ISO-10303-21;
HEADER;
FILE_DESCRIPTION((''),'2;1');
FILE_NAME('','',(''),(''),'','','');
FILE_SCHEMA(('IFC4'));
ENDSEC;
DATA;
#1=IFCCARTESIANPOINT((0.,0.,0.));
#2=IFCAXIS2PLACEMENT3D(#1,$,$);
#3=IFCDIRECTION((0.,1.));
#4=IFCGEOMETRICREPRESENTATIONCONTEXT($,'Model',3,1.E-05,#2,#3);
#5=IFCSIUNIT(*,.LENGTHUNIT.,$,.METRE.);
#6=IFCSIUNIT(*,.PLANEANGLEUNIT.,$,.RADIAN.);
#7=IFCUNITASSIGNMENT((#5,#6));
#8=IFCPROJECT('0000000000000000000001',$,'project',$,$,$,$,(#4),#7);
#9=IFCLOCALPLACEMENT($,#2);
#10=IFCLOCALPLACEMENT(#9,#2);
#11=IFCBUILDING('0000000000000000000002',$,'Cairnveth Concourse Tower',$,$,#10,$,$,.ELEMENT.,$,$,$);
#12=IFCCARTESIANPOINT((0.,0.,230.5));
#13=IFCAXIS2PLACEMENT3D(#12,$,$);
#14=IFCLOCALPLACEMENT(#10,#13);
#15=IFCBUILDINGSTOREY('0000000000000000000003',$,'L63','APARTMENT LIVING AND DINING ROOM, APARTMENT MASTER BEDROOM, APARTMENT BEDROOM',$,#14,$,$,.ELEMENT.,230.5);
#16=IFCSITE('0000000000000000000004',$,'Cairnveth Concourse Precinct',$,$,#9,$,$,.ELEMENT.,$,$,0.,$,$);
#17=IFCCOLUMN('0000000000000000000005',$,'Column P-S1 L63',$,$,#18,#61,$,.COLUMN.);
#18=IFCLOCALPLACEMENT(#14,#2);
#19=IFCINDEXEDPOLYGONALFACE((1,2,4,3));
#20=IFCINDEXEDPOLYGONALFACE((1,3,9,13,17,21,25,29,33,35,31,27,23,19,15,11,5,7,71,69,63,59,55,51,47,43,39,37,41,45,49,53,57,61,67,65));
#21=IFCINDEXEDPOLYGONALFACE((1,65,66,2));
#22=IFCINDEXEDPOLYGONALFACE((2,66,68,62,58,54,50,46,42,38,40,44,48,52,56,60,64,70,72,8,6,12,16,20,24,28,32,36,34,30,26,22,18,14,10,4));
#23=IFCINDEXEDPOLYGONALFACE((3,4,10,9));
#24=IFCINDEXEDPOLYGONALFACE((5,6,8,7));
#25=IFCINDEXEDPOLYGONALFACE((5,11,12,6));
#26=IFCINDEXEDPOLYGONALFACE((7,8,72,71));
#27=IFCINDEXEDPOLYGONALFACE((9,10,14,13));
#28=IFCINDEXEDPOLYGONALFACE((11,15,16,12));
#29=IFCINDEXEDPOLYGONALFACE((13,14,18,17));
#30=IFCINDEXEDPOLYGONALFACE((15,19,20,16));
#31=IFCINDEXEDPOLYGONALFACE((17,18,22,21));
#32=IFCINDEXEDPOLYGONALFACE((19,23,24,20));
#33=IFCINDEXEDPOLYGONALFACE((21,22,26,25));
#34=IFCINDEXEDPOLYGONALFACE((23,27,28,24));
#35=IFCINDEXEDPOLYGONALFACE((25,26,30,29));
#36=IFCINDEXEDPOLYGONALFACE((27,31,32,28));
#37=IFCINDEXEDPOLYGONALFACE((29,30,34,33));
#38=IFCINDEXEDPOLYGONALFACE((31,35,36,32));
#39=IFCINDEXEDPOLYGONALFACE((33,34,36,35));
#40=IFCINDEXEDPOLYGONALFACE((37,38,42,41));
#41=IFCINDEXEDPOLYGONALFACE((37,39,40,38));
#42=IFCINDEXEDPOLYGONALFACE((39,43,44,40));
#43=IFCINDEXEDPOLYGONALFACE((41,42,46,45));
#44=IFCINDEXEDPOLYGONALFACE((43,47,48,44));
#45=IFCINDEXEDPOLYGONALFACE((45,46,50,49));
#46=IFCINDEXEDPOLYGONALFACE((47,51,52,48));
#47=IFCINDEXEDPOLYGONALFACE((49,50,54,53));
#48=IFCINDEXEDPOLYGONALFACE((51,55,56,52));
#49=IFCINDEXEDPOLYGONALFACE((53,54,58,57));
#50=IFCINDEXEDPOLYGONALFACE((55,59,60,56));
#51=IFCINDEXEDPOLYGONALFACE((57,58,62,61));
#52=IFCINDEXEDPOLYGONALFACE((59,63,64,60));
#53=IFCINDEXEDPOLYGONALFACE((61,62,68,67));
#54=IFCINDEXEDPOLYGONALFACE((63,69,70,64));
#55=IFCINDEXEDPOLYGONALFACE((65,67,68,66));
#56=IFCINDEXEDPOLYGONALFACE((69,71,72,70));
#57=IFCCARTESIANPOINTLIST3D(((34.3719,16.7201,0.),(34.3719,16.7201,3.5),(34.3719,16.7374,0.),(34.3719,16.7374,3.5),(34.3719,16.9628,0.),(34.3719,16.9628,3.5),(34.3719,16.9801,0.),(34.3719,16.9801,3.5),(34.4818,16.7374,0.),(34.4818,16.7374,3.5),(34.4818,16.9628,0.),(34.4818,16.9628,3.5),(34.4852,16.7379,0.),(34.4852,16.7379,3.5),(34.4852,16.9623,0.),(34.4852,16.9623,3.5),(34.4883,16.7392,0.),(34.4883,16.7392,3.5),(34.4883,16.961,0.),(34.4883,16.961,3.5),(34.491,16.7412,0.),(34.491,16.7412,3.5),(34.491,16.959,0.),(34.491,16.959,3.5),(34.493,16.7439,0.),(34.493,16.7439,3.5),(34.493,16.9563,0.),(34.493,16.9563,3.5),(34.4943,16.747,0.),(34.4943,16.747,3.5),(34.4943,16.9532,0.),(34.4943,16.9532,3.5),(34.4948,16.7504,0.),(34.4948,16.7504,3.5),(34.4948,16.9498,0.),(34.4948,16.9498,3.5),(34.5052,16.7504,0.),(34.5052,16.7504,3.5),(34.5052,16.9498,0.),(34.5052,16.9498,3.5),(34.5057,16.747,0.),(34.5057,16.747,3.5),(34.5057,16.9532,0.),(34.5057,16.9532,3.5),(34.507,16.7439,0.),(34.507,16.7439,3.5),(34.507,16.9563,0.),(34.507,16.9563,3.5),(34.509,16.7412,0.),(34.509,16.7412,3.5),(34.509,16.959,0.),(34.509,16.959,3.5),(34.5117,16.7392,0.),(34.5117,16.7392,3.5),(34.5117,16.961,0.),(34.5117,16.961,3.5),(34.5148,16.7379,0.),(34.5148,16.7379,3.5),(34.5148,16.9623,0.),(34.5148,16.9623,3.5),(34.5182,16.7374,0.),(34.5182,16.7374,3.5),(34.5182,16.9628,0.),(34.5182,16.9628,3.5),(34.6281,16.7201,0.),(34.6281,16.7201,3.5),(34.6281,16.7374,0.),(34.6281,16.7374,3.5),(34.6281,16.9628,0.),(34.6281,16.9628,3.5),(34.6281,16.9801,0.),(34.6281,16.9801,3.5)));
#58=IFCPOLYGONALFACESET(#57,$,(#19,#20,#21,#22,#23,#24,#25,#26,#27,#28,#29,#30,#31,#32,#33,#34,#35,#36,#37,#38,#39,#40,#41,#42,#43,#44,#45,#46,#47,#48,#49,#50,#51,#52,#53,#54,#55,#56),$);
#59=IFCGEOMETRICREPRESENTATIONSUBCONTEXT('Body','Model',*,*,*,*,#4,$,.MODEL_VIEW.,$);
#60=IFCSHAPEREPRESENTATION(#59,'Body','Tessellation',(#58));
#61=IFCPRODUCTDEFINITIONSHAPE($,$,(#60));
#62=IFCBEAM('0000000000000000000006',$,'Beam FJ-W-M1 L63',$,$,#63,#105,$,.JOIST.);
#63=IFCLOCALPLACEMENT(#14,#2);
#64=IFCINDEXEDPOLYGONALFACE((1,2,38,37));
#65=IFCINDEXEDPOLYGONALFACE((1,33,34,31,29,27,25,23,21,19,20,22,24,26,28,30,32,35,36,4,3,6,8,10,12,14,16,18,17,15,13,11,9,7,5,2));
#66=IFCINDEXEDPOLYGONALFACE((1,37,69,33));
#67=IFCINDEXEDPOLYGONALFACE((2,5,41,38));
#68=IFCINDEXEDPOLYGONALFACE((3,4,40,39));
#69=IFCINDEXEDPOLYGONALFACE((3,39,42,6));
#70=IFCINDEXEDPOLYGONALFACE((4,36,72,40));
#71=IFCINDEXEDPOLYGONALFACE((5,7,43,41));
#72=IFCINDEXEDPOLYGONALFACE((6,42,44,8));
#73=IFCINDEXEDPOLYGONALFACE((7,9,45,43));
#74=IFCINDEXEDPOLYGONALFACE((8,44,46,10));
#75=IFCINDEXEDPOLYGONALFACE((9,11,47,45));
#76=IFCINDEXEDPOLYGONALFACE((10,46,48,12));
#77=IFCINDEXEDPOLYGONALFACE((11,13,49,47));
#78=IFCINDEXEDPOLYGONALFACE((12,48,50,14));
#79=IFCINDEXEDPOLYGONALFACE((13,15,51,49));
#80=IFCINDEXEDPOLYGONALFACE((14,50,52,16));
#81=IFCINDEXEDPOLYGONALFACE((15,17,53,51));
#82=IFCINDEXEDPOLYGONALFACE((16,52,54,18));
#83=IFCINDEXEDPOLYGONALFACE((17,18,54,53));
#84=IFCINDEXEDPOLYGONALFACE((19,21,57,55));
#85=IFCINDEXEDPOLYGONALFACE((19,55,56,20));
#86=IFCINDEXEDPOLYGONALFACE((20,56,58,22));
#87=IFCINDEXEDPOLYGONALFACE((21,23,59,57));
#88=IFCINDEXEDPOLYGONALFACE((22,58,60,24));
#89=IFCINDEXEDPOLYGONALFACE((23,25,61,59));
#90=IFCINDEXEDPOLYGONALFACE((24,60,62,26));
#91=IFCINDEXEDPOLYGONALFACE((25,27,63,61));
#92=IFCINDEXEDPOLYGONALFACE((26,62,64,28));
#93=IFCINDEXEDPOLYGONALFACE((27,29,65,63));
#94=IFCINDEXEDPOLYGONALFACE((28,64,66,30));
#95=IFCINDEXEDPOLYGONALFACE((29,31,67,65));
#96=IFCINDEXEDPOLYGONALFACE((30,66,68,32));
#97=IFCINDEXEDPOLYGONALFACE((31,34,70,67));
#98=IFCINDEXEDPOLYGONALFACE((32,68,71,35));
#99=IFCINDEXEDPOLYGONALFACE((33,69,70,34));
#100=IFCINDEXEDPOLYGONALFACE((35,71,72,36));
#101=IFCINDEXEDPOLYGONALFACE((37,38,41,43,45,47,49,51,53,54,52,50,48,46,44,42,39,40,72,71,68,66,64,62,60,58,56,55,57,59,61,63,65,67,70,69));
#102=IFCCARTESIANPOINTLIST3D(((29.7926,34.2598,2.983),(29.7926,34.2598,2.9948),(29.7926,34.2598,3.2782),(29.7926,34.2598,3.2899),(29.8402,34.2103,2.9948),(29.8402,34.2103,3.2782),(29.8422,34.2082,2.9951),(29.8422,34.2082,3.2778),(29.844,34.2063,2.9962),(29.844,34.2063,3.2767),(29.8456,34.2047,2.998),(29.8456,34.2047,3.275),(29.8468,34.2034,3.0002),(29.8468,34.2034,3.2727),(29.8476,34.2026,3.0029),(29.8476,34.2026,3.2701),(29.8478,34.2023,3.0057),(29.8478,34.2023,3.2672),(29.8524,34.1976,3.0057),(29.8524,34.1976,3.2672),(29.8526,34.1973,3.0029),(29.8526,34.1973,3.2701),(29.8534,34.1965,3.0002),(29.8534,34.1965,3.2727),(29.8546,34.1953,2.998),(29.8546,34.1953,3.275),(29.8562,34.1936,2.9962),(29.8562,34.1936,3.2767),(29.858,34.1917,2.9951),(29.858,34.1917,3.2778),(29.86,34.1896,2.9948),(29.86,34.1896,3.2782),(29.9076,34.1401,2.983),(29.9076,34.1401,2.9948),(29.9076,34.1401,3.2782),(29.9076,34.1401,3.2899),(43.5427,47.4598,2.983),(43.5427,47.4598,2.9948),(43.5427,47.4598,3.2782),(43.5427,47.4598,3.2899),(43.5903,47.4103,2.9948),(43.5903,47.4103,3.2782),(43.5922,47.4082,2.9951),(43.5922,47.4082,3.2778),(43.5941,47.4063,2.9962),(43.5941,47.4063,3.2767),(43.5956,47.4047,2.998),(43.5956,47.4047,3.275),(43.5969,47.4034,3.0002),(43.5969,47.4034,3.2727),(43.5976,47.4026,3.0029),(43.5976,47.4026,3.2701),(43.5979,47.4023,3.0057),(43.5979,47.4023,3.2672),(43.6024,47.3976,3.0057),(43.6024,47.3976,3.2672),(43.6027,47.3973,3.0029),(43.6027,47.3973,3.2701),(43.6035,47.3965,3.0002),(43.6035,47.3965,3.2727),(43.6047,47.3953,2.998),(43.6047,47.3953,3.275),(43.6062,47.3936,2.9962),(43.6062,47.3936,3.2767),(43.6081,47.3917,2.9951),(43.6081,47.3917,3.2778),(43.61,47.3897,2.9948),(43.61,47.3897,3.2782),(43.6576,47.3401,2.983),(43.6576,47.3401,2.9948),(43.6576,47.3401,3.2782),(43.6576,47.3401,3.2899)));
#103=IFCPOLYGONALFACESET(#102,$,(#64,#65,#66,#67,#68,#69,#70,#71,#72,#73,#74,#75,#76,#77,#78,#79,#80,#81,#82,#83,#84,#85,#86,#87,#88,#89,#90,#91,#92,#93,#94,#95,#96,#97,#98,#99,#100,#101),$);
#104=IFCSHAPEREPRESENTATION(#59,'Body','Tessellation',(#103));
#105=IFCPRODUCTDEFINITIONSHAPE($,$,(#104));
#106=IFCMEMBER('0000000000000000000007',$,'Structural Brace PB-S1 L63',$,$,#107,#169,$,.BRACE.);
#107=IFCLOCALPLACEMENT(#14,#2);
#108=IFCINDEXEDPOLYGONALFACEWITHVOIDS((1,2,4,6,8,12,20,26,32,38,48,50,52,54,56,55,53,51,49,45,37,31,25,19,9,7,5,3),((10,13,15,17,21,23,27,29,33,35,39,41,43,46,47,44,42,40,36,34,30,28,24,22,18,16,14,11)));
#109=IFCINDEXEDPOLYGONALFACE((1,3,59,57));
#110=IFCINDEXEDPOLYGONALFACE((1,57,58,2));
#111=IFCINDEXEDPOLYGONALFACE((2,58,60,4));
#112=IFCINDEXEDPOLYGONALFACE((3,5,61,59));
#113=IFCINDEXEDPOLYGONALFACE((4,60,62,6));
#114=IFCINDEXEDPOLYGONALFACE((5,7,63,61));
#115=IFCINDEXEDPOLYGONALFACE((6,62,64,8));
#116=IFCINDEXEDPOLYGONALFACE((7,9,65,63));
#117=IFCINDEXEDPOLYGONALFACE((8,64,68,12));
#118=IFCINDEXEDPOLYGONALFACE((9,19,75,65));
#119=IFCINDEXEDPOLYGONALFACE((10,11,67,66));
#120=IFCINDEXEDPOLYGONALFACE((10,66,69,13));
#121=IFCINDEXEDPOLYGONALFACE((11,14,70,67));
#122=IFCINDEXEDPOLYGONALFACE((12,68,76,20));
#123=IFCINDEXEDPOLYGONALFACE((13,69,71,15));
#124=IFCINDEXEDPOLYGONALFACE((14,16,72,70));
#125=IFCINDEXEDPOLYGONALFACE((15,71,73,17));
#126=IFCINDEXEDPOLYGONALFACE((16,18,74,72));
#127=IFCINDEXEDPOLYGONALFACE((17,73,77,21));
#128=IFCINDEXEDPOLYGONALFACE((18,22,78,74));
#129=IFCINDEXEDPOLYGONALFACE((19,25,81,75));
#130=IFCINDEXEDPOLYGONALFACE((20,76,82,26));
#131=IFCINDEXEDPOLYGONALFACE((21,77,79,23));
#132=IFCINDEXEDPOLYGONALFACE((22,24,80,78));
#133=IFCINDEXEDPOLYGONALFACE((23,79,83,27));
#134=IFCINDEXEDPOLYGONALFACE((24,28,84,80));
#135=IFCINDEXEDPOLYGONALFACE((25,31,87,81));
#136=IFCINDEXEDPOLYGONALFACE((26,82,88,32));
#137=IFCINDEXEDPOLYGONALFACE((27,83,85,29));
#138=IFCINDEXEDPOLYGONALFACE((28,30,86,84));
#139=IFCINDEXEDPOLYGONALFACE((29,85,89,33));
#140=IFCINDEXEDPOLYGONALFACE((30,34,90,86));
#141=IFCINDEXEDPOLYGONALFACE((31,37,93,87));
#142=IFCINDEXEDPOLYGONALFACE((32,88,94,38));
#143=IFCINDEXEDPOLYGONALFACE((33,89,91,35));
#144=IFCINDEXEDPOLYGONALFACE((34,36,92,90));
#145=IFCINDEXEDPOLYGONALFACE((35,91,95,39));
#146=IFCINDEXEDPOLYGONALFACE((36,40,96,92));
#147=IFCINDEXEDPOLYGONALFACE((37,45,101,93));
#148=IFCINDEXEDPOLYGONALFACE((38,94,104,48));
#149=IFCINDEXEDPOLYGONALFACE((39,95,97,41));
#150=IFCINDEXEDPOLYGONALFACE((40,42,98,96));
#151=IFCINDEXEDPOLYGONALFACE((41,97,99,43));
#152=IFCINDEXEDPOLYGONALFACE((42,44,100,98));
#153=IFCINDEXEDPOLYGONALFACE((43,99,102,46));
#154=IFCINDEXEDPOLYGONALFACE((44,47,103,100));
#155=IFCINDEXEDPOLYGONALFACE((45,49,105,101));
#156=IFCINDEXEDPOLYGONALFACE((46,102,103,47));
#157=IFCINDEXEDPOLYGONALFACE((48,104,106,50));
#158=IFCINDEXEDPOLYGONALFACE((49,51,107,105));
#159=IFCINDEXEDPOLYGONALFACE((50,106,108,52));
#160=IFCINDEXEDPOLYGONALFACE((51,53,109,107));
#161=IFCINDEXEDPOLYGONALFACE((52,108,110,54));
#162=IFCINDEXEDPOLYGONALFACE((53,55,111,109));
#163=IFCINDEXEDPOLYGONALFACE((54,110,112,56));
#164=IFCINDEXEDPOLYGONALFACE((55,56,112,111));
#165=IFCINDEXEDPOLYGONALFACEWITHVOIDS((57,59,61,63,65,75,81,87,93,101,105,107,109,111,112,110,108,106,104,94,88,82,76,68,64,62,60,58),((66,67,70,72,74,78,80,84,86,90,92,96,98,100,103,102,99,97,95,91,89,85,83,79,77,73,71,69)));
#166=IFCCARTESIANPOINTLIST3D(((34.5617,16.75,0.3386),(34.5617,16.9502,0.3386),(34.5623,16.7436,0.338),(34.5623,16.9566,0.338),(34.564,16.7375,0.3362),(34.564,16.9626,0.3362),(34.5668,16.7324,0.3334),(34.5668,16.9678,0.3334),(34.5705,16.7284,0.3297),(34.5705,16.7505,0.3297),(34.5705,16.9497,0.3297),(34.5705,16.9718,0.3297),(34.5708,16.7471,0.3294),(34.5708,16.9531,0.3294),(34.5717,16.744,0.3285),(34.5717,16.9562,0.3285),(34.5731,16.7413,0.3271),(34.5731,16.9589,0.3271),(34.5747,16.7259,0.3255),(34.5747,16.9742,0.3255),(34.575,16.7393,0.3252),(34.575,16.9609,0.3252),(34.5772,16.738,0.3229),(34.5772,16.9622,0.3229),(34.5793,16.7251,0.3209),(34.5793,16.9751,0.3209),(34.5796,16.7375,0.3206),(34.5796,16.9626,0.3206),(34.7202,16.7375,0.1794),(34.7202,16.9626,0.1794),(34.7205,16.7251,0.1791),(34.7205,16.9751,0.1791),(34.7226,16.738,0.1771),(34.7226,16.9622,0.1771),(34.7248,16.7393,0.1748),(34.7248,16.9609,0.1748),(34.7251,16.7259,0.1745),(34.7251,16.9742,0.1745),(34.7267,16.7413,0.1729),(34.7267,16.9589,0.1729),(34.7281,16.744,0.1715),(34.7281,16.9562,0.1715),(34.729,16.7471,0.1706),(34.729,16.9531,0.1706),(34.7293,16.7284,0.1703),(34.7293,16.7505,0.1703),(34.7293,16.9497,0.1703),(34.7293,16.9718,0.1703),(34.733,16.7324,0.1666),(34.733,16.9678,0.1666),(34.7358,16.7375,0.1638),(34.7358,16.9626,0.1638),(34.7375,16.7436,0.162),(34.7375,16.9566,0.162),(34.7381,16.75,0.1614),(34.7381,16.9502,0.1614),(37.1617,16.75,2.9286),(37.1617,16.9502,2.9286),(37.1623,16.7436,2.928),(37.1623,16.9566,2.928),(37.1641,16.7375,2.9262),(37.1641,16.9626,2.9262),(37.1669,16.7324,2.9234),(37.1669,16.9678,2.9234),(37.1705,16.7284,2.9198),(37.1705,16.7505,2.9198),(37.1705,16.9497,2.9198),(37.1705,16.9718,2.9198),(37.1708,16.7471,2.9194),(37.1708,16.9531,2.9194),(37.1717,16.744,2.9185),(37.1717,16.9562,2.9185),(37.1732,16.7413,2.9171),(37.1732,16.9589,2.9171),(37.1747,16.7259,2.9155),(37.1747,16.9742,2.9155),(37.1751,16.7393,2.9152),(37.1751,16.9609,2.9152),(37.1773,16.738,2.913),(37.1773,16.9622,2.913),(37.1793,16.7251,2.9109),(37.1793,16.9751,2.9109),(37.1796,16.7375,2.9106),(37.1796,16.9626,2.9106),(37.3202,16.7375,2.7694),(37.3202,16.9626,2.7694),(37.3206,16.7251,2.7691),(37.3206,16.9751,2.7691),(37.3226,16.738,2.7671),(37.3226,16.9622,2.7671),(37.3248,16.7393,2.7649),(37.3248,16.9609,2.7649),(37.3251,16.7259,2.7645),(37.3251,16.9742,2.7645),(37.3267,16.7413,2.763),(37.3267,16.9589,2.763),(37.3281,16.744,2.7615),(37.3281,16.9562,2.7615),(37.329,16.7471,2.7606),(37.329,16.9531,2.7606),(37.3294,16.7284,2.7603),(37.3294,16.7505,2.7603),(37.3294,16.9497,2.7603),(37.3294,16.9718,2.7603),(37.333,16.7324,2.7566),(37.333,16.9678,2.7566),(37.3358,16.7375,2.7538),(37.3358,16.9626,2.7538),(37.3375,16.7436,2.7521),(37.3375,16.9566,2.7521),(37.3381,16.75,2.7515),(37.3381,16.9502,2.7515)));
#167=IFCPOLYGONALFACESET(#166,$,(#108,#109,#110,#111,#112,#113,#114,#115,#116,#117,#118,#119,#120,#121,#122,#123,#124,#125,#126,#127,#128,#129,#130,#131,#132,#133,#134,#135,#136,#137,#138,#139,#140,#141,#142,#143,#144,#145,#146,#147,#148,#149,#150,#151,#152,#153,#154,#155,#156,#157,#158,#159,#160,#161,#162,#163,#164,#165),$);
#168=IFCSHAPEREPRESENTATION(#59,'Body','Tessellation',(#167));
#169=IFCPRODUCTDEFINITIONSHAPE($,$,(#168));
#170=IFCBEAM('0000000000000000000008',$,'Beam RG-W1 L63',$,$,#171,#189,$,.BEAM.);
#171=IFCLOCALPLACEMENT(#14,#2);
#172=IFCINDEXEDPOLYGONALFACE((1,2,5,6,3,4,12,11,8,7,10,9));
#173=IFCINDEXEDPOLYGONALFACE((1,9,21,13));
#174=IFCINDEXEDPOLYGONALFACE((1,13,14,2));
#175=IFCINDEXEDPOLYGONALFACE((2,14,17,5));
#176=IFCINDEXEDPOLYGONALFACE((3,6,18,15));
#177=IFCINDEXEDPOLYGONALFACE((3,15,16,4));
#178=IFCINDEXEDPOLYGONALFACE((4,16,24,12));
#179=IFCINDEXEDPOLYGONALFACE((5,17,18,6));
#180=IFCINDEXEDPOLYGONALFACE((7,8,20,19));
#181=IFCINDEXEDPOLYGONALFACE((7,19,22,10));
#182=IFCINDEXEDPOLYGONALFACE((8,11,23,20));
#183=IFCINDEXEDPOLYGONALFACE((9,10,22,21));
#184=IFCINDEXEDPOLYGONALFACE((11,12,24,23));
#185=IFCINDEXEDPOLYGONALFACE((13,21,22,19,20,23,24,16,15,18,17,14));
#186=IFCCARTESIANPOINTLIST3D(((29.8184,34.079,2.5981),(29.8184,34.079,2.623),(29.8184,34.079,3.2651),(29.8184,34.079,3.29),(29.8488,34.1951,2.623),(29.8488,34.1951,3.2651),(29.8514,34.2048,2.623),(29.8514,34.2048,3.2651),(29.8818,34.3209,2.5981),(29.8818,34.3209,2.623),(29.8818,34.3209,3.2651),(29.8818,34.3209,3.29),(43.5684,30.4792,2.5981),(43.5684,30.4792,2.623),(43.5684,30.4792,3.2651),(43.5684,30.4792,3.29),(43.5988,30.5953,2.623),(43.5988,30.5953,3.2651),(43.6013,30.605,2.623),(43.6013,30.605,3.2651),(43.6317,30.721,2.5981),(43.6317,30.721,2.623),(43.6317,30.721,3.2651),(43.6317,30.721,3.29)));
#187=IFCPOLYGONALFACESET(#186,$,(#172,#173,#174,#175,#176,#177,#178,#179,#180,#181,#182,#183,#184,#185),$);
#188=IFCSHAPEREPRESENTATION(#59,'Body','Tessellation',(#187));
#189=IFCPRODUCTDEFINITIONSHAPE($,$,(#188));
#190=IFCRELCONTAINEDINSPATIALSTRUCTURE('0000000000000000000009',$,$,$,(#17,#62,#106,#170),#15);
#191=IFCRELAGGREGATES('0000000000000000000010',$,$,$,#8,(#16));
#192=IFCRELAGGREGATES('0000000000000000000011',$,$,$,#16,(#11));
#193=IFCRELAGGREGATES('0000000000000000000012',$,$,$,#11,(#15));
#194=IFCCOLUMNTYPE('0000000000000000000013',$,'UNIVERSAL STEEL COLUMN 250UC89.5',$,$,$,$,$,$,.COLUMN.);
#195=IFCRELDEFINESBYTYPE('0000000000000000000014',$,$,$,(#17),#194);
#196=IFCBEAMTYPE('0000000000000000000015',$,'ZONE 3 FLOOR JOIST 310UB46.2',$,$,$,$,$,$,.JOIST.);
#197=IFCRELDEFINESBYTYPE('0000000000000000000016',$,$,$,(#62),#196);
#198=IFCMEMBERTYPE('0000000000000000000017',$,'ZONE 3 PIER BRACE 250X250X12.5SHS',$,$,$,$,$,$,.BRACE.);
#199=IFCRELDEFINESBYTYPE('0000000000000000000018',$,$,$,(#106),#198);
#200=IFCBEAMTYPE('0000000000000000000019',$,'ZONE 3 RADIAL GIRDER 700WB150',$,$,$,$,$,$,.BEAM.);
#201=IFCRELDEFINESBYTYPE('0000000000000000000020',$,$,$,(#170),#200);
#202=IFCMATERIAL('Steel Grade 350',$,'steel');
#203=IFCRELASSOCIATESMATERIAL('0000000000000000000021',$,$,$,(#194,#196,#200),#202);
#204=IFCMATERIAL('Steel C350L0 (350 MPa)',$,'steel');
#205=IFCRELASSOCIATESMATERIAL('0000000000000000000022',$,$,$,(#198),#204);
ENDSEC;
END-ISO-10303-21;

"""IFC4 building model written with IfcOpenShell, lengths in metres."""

from ifc_helpers import new_model, si_unit, direction, frame, origin, origin_2d, place, context, subcontext, project, spatial, hollow_rectangle, i_section, extrude, material, material_profile, profile_set, type_object, element, save


model = new_model("IFC4")

# Units and contexts
model_context = context("Model", 3, precision=1e-05, world=origin(), true_north=direction((0.0, 1.0)))
body_context = subcontext(model_context, "Body", "Model", "MODEL_VIEW")
ifc_project = project(units=[si_unit("LENGTHUNIT", "METRE"), si_unit("PLANEANGLEUNIT", "RADIAN")], contexts=[model_context])

# Site, building, storey
site_placement = place(None, origin())
site = spatial("IfcSite", under=ifc_project, at=site_placement, Name="Cairnveth Concourse Precinct", CompositionType="ELEMENT", RefElevation=0.0)
building_placement = place(site_placement, origin())
building = spatial("IfcBuilding", under=site, at=building_placement, Name="Cairnveth Concourse Tower", CompositionType="ELEMENT")
storey_placement = place(building_placement, frame((0.0, 0.0, 230.5)))
storey = spatial("IfcBuildingStorey", under=building, at=storey_placement, Name="L63", Description="APARTMENT LIVING AND DINING ROOM, APARTMENT MASTER BEDROOM, APARTMENT BEDROOM", CompositionType="ELEMENT", Elevation=230.5)

# Column
ifc_material_1 = material(Name="Steel Grade 350", Category="steel")
ifc_material_profile_1 = material_profile(ifc_material_1, i_section(OverallWidth=0.2561, OverallDepth=0.26, WebThickness=0.0105, FlangeThickness=0.0173, FilletRadius=0.0129, at=origin_2d()), Name="250UC89.5")
ifc_profile_set_1 = profile_set([ifc_material_profile_1], Name="Steel Grade 350")
column_type = type_object("IfcColumnType", Name="UNIVERSAL STEEL COLUMN 250UC89.5", PredefinedType="COLUMN", material=ifc_profile_set_1)
column_placement = place(storey_placement, frame((34.5, 16.8501, 0.0), z_axis=(0.0, 0.0, 1.0), x_axis=(1.0, 0.0, 0.0)))
element("IfcColumn", 1, at=column_placement, inside=storey, type_object=column_type, Name="Column P-S1 L63", PredefinedType="COLUMN", context=body_context, shape_type="SweptSolid", body=[
    extrude(i_section(OverallWidth=0.2561, OverallDepth=0.26, WebThickness=0.0105, FlangeThickness=0.0173, FilletRadius=0.0129, at=origin_2d()), origin(), (0.0, 0.0, 1.0), 3.5),
])

# Beam
ifc_material_profile_2 = material_profile(ifc_material_1, i_section(OverallWidth=0.166, OverallDepth=0.3069, WebThickness=0.0066, FlangeThickness=0.0117, FilletRadius=0.011, at=origin_2d()), Name="310UB46.2")
ifc_profile_set_2 = profile_set([ifc_material_profile_2], Name="Steel Grade 350")
beam_type_1 = type_object("IfcBeamType", Name="ZONE 3 FLOOR JOIST 310UB46.2", PredefinedType="JOIST", material=ifc_profile_set_2)
beam_1_placement = place(storey_placement, frame((29.8501, 34.2, 3.1365), z_axis=(0.721389, 0.69253, 0.0), x_axis=(-0.69253, 0.721389, 0.0)))
element("IfcBeam", 2, at=beam_1_placement, inside=storey, type_object=beam_type_1, Name="Beam FJ-W-M1 L63", PredefinedType="JOIST", context=body_context, shape_type="SweptSolid", body=[
    extrude(i_section(OverallWidth=0.166, OverallDepth=0.3069, WebThickness=0.0066, FlangeThickness=0.0117, FilletRadius=0.011, at=origin_2d()), origin(), (0.0, 0.0, 1.0), 19.0605),
])

# Member
ifc_material_2 = material(Name="Steel C350L0 (350 MPa)", Category="steel")
ifc_material_profile_3 = material_profile(ifc_material_2, hollow_rectangle(XDim=0.25, YDim=0.25, WallThickness=0.0125, InnerFilletRadius=0.0129, OuterFilletRadius=0.0249, at=origin_2d()), Name="250x250x12.5SHS")
ifc_profile_set_3 = profile_set([ifc_material_profile_3], Name="Steel C350L0 (350 MPa)")
member_type = type_object("IfcMemberType", Name="ZONE 3 PIER BRACE 250X250X12.5SHS", PredefinedType="BRACE", material=ifc_profile_set_3)
member_placement = place(storey_placement, frame((34.6499, 16.8501, 0.25), z_axis=(0.708469, 0.0, 0.705742), x_axis=(0.0, 1.0, 0.0)))
element("IfcMember", 3, at=member_placement, inside=storey, type_object=member_type, Name="Structural Brace PB-S1 L63", PredefinedType="BRACE", context=body_context, shape_type="SweptSolid", body=[
    extrude(hollow_rectangle(XDim=0.25, YDim=0.25, WallThickness=0.0125, InnerFilletRadius=0.0129, OuterFilletRadius=0.0249, at=origin_2d()), origin(), (0.0, 0.0, 1.0), 3.6699),
])

# Beam
ifc_material_profile_4 = material_profile(ifc_material_1, i_section(OverallWidth=0.25, OverallDepth=0.6919, WebThickness=0.01, FlangeThickness=0.0249, at=origin_2d()), Name="700WB150")
ifc_profile_set_4 = profile_set([ifc_material_profile_4], Name="Steel Grade 350")
beam_type_2 = type_object("IfcBeamType", Name="ZONE 3 RADIAL GIRDER 700WB150", PredefinedType="BEAM", material=ifc_profile_set_4)
beam_2_placement = place(storey_placement, frame((29.8501, 34.2, 2.9441), z_axis=(0.967395, -0.253271, 0.0), x_axis=(0.253271, 0.967395, 0.0)))
element("IfcBeam", 4, at=beam_2_placement, inside=storey, type_object=beam_type_2, Name="Beam RG-W1 L63", PredefinedType="BEAM", context=body_context, shape_type="SweptSolid", body=[
    extrude(i_section(OverallWidth=0.25, OverallDepth=0.6919, WebThickness=0.01, FlangeThickness=0.0249, at=origin_2d()), origin(), (0.0, 0.0, 1.0), 14.2134),
])

save(model, "model.ifc")
